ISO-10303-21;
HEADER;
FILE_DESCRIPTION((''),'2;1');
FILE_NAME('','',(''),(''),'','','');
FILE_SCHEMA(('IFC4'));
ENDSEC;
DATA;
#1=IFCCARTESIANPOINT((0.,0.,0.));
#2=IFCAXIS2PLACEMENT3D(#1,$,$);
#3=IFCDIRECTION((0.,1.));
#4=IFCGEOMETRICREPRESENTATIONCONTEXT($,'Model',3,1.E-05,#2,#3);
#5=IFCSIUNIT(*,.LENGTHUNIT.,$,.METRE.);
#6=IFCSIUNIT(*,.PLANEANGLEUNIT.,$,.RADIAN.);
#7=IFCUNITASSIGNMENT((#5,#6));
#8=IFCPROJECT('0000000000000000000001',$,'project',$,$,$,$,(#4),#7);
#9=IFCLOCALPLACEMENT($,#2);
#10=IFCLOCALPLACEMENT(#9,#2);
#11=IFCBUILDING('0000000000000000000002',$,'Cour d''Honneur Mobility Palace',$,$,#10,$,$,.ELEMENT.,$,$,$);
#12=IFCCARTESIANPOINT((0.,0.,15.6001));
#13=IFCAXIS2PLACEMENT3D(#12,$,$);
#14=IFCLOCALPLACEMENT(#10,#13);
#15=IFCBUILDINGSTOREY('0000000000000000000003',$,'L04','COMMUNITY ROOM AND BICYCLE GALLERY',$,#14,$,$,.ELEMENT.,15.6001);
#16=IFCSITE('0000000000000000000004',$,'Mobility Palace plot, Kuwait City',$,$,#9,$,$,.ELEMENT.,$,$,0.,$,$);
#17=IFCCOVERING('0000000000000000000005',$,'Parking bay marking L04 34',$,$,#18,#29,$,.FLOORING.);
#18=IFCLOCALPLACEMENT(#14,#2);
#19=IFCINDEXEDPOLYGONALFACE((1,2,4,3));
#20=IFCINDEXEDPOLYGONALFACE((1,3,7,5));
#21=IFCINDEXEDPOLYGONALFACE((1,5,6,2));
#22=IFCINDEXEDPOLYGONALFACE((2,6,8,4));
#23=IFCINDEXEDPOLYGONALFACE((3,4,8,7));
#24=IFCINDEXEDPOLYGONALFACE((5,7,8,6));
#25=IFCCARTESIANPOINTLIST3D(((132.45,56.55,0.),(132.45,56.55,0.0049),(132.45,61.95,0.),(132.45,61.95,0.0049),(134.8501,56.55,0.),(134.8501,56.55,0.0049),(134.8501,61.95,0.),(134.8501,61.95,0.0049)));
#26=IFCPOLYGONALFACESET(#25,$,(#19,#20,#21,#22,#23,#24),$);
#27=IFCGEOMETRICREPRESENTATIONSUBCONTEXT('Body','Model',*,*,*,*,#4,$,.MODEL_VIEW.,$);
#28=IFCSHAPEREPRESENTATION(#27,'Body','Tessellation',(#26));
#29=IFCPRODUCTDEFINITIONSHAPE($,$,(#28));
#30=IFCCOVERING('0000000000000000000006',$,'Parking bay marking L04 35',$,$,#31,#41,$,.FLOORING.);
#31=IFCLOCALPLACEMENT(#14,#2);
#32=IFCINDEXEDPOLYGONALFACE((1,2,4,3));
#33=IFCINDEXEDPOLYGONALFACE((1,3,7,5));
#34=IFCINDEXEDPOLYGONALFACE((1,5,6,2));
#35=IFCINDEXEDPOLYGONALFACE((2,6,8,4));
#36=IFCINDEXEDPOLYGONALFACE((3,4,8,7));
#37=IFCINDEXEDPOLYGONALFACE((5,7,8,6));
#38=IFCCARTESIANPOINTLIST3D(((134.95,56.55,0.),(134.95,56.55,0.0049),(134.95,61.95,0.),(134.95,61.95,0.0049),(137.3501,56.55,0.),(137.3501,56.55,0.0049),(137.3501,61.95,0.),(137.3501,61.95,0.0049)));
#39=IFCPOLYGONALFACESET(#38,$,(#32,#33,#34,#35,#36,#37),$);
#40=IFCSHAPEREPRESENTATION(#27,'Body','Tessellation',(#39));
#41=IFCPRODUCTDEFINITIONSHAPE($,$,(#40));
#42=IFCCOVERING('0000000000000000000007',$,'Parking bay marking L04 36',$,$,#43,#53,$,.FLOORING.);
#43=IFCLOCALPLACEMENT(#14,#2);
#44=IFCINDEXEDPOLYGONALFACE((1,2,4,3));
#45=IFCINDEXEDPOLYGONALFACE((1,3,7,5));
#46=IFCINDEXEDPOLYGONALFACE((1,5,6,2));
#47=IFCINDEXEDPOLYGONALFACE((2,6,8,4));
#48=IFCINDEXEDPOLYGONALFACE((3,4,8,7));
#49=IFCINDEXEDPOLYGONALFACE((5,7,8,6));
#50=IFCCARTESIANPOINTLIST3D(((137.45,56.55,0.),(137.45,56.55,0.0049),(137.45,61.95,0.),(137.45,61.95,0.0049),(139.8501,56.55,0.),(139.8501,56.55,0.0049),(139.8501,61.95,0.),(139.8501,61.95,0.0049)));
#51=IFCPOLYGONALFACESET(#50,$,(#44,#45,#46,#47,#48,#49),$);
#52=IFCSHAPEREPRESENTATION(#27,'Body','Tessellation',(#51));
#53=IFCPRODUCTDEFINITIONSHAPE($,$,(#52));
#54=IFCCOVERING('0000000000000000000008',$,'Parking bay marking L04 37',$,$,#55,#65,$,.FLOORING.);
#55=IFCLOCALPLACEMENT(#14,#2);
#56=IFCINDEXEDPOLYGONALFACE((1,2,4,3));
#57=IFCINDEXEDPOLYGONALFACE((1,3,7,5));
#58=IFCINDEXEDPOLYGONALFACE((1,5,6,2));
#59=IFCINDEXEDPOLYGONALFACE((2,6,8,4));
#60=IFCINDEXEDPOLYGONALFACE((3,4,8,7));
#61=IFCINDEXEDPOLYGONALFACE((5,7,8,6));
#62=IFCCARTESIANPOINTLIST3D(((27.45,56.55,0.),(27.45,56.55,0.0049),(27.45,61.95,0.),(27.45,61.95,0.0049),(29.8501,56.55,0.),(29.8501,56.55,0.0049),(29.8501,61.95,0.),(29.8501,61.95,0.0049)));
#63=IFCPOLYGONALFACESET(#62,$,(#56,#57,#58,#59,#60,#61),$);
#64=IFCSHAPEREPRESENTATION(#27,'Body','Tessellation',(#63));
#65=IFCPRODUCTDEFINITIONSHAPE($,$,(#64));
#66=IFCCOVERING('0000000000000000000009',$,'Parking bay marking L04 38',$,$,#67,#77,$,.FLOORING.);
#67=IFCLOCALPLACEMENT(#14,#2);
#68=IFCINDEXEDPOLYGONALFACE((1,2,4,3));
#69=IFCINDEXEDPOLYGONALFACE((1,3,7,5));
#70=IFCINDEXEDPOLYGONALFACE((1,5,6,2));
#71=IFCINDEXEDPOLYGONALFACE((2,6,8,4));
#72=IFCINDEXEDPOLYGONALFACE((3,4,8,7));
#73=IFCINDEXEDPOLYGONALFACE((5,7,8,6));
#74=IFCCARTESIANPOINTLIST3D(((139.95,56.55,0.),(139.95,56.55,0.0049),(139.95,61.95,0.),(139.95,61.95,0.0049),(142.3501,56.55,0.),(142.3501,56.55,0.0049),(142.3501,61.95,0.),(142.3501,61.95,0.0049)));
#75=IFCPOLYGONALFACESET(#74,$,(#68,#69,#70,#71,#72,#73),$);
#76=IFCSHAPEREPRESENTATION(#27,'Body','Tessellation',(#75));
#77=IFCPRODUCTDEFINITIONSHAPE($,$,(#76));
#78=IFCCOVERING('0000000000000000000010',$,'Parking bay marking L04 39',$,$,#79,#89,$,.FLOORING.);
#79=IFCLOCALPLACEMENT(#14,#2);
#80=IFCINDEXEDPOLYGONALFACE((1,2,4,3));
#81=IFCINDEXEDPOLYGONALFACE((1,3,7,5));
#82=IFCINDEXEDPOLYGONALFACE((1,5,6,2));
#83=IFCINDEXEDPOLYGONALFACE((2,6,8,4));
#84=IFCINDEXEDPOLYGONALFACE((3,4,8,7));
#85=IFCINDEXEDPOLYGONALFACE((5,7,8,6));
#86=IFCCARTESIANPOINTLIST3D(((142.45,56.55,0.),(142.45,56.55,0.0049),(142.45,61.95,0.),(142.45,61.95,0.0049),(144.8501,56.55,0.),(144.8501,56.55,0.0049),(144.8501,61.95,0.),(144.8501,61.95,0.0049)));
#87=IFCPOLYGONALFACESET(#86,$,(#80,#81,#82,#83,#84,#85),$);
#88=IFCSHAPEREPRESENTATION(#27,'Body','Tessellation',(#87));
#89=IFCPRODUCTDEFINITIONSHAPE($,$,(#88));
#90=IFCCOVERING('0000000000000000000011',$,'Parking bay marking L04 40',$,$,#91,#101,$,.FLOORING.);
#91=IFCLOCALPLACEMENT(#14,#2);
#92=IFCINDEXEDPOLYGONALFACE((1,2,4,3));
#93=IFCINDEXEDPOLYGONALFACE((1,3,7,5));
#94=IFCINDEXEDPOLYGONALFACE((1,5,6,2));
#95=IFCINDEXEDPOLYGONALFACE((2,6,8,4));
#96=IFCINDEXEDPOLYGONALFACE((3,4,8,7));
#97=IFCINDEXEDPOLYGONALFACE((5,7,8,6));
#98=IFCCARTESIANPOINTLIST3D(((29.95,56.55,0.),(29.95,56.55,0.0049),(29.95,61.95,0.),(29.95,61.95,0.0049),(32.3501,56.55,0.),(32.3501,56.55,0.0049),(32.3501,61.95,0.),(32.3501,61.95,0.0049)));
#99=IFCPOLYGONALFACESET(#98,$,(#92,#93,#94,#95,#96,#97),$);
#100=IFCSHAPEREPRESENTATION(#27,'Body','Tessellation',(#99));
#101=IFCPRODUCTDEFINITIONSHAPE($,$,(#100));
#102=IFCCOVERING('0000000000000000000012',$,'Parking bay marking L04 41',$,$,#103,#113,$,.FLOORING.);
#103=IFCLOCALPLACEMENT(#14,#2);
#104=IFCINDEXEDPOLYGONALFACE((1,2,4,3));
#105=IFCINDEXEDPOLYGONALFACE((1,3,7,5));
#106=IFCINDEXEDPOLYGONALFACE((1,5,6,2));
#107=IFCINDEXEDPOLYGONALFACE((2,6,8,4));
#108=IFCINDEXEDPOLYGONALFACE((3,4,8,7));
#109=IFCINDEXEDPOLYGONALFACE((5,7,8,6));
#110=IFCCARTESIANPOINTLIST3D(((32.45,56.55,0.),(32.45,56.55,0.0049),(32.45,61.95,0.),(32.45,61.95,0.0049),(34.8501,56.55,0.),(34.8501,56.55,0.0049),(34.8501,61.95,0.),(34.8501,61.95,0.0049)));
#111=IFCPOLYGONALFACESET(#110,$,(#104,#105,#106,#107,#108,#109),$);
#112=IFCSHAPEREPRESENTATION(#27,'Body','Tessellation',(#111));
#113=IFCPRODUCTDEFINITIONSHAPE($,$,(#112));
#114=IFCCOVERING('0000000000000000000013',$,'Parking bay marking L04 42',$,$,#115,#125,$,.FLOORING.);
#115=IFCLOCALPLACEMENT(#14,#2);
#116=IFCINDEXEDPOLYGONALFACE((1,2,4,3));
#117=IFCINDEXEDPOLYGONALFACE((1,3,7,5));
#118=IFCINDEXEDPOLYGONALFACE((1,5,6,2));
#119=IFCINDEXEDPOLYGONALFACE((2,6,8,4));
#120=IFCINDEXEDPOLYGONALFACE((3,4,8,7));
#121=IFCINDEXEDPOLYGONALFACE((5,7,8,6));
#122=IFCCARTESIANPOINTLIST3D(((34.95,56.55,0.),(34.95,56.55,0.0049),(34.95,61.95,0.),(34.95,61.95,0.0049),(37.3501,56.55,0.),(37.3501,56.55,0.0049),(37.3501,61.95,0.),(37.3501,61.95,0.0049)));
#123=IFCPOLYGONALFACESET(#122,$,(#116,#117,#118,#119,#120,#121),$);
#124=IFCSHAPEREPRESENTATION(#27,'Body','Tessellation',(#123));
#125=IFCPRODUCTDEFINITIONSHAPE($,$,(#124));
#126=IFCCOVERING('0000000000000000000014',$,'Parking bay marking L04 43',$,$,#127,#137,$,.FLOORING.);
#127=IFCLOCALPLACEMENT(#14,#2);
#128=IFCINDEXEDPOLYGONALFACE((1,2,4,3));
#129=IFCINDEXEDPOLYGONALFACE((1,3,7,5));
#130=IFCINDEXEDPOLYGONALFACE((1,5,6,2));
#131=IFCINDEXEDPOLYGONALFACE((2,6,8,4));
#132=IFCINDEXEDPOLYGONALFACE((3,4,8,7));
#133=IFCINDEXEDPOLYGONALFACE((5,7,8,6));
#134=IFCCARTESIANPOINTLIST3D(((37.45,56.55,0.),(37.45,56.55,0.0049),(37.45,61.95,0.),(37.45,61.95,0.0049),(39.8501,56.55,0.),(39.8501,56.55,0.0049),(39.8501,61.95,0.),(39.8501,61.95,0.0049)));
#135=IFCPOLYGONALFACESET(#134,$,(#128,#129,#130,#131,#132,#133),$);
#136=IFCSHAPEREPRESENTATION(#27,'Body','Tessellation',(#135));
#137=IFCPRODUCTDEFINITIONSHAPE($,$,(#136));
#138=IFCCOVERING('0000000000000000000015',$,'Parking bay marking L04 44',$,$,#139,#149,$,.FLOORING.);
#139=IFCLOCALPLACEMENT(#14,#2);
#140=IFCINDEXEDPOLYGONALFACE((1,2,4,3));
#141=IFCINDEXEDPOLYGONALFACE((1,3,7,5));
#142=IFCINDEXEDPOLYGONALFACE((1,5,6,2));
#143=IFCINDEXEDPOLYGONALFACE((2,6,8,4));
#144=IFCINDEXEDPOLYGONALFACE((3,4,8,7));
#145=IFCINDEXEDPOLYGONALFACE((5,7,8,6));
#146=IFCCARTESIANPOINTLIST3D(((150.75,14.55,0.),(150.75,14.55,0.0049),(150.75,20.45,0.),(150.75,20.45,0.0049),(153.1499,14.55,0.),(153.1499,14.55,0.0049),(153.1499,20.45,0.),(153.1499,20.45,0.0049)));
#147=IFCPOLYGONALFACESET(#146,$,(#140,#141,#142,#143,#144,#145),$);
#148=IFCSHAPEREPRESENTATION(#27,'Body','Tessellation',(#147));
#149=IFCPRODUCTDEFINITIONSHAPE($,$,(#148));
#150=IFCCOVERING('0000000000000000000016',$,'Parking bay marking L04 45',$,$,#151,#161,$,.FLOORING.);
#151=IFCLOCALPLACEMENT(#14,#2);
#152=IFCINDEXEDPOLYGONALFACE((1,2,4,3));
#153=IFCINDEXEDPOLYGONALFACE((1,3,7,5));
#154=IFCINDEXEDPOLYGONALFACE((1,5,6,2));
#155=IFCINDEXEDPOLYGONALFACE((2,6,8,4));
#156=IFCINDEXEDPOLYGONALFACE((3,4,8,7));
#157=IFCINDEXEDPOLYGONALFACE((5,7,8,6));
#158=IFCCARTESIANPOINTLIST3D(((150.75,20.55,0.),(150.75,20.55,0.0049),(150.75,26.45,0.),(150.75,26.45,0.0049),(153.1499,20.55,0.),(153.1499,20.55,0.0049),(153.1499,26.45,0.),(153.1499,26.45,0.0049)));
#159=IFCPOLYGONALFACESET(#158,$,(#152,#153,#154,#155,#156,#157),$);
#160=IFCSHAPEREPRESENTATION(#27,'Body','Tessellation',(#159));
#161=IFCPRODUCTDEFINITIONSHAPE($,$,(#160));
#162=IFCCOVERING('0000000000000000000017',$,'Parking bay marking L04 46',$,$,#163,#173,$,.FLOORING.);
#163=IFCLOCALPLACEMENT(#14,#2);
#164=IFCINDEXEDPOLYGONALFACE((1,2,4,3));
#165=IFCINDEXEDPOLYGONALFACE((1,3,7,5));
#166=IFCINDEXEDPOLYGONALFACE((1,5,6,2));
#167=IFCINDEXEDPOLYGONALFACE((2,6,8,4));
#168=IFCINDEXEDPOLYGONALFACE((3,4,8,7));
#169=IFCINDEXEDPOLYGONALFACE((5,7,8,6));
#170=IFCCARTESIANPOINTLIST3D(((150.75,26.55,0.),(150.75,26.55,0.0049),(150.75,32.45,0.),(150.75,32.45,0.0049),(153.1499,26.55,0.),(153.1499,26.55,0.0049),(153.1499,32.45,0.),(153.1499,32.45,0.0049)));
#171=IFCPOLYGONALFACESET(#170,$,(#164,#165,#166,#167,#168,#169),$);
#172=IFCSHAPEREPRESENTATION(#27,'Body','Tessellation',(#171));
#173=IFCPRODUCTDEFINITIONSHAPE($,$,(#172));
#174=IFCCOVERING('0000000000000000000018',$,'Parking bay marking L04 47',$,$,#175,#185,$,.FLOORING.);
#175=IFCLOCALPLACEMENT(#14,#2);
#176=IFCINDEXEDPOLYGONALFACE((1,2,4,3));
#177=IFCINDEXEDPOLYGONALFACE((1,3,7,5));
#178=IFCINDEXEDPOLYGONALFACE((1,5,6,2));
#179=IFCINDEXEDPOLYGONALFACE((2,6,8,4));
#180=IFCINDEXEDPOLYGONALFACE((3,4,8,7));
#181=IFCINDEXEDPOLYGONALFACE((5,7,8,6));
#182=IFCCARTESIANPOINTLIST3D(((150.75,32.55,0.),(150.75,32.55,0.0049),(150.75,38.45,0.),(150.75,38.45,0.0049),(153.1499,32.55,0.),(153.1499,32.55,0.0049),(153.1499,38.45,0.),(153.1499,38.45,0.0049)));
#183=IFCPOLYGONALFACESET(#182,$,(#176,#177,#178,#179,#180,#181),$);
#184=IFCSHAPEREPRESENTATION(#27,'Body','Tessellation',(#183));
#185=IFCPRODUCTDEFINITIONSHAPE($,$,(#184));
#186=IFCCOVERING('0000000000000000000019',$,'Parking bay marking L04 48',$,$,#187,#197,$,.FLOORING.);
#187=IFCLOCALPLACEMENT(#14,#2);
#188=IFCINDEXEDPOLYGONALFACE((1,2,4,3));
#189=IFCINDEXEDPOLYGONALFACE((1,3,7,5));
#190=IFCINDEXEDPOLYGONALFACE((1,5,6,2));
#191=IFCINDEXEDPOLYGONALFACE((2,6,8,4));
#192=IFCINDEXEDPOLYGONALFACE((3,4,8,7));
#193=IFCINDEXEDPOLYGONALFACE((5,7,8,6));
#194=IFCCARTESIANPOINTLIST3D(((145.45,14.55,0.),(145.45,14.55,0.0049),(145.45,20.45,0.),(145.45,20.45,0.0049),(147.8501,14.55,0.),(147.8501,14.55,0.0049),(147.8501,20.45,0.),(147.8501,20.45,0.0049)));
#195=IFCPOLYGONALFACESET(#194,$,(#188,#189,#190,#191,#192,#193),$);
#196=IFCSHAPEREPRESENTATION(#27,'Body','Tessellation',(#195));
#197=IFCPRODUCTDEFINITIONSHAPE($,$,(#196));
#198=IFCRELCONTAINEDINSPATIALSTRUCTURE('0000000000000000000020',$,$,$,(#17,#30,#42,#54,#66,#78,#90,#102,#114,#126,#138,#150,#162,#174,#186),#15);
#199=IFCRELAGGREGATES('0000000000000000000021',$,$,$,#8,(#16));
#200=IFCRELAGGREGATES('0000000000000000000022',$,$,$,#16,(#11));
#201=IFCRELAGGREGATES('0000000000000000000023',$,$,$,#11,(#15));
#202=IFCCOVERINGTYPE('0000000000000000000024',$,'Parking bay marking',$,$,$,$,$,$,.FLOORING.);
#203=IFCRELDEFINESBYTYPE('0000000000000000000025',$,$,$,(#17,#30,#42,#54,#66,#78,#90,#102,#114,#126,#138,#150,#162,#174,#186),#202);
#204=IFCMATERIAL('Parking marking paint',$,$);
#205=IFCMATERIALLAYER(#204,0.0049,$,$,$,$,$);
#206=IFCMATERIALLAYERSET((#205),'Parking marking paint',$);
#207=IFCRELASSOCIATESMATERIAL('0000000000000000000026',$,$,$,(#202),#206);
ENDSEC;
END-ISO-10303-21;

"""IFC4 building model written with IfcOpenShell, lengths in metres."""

from ifc_helpers import new_model, si_unit, direction, frame, origin, place, context, subcontext, project, spatial, polyline, outline, extrude, material, layer, layer_set, type_object, element, save


model = new_model("IFC4")

# Units and contexts
model_context = context("Model", 3, precision=1e-05, world=origin(), true_north=direction((0.0, 1.0)))
body_context = subcontext(model_context, "Body", "Model", "MODEL_VIEW")
ifc_project = project(units=[si_unit("LENGTHUNIT", "METRE"), si_unit("PLANEANGLEUNIT", "RADIAN")], contexts=[model_context])

# Site, building, storey
site_placement = place(None, origin())
site = spatial("IfcSite", under=ifc_project, at=site_placement, Name="Mobility Palace plot, Kuwait City", CompositionType="ELEMENT", RefElevation=0.0)
building_placement = place(site_placement, origin())
building = spatial("IfcBuilding", under=site, at=building_placement, Name="Cour d'Honneur Mobility Palace", CompositionType="ELEMENT")
storey_placement = place(building_placement, frame((0.0, 0.0, 15.6001)))
storey = spatial("IfcBuildingStorey", under=building, at=storey_placement, Name="L04", Description="COMMUNITY ROOM AND BICYCLE GALLERY", CompositionType="ELEMENT", Elevation=15.6001)

# Coverings
ifc_material_1 = material(Name="Parking marking paint")
ifc_layer_1 = layer(ifc_material_1, 0.0049)
ifc_layer_set_1 = layer_set([ifc_layer_1], Name="Parking marking paint")
covering_type = type_object("IfcCoveringType", Name="Parking bay marking", PredefinedType="FLOORING", material=ifc_layer_set_1)
covering_1_placement = place(storey_placement, origin())
element("IfcCovering", 1, at=covering_1_placement, inside=storey, type_object=covering_type, Name="Parking bay marking L04 34", PredefinedType="FLOORING", context=body_context, shape_type="SweptSolid", body=[
    extrude(outline(polyline([(134.8501, 56.55), (132.45, 56.55), (132.45, 61.95), (134.8501, 61.95), (134.8501, 56.55)])), origin(), (0.0, 0.0, 1.0), 0.0049),
])
covering_2_placement = place(storey_placement, origin())
element("IfcCovering", 2, at=covering_2_placement, inside=storey, type_object=covering_type, Name="Parking bay marking L04 35", PredefinedType="FLOORING", context=body_context, shape_type="SweptSolid", body=[
    extrude(outline(polyline([(137.3501, 56.55), (134.95, 56.55), (134.95, 61.95), (137.3501, 61.95), (137.3501, 56.55)])), origin(), (0.0, 0.0, 1.0), 0.0049),
])
covering_3_placement = place(storey_placement, origin())
element("IfcCovering", 3, at=covering_3_placement, inside=storey, type_object=covering_type, Name="Parking bay marking L04 36", PredefinedType="FLOORING", context=body_context, shape_type="SweptSolid", body=[
    extrude(outline(polyline([(139.8501, 56.55), (137.45, 56.55), (137.45, 61.95), (139.8501, 61.95), (139.8501, 56.55)])), origin(), (0.0, 0.0, 1.0), 0.0049),
])
covering_4_placement = place(storey_placement, origin())
element("IfcCovering", 4, at=covering_4_placement, inside=storey, type_object=covering_type, Name="Parking bay marking L04 37", PredefinedType="FLOORING", context=body_context, shape_type="SweptSolid", body=[
    extrude(outline(polyline([(29.8501, 56.55), (27.45, 56.55), (27.45, 61.95), (29.8501, 61.95), (29.8501, 56.55)])), origin(), (0.0, 0.0, 1.0), 0.0049),
])
covering_5_placement = place(storey_placement, origin())
element("IfcCovering", 5, at=covering_5_placement, inside=storey, type_object=covering_type, Name="Parking bay marking L04 38", PredefinedType="FLOORING", context=body_context, shape_type="SweptSolid", body=[
    extrude(outline(polyline([(142.3501, 56.55), (139.95, 56.55), (139.95, 61.95), (142.3501, 61.95), (142.3501, 56.55)])), origin(), (0.0, 0.0, 1.0), 0.0049),
])
covering_6_placement = place(storey_placement, origin())
element("IfcCovering", 6, at=covering_6_placement, inside=storey, type_object=covering_type, Name="Parking bay marking L04 39", PredefinedType="FLOORING", context=body_context, shape_type="SweptSolid", body=[
    extrude(outline(polyline([(144.8501, 56.55), (142.45, 56.55), (142.45, 61.95), (144.8501, 61.95), (144.8501, 56.55)])), origin(), (0.0, 0.0, 1.0), 0.0049),
])
covering_7_placement = place(storey_placement, origin())
element("IfcCovering", 7, at=covering_7_placement, inside=storey, type_object=covering_type, Name="Parking bay marking L04 40", PredefinedType="FLOORING", context=body_context, shape_type="SweptSolid", body=[
    extrude(outline(polyline([(32.3501, 56.55), (29.95, 56.55), (29.95, 61.95), (32.3501, 61.95), (32.3501, 56.55)])), origin(), (0.0, 0.0, 1.0), 0.0049),
])
covering_8_placement = place(storey_placement, origin())
element("IfcCovering", 8, at=covering_8_placement, inside=storey, type_object=covering_type, Name="Parking bay marking L04 41", PredefinedType="FLOORING", context=body_context, shape_type="SweptSolid", body=[
    extrude(outline(polyline([(34.8501, 56.55), (32.45, 56.55), (32.45, 61.95), (34.8501, 61.95), (34.8501, 56.55)])), origin(), (0.0, 0.0, 1.0), 0.0049),
])
covering_9_placement = place(storey_placement, origin())
element("IfcCovering", 9, at=covering_9_placement, inside=storey, type_object=covering_type, Name="Parking bay marking L04 42", PredefinedType="FLOORING", context=body_context, shape_type="SweptSolid", body=[
    extrude(outline(polyline([(37.3501, 56.55), (34.95, 56.55), (34.95, 61.95), (37.3501, 61.95), (37.3501, 56.55)])), origin(), (0.0, 0.0, 1.0), 0.0049),
])
covering_10_placement = place(storey_placement, origin())
element("IfcCovering", 10, at=covering_10_placement, inside=storey, type_object=covering_type, Name="Parking bay marking L04 43", PredefinedType="FLOORING", context=body_context, shape_type="SweptSolid", body=[
    extrude(outline(polyline([(39.8501, 56.55), (37.45, 56.55), (37.45, 61.95), (39.8501, 61.95), (39.8501, 56.55)])), origin(), (0.0, 0.0, 1.0), 0.0049),
])
covering_11_placement = place(storey_placement, origin())
element("IfcCovering", 11, at=covering_11_placement, inside=storey, type_object=covering_type, Name="Parking bay marking L04 44", PredefinedType="FLOORING", context=body_context, shape_type="SweptSolid", body=[
    extrude(outline(polyline([(153.1499, 14.55), (150.75, 14.55), (150.75, 20.45), (153.1499, 20.45), (153.1499, 14.55)])), origin(), (0.0, 0.0, 1.0), 0.0049),
])
covering_12_placement = place(storey_placement, origin())
element("IfcCovering", 12, at=covering_12_placement, inside=storey, type_object=covering_type, Name="Parking bay marking L04 45", PredefinedType="FLOORING", context=body_context, shape_type="SweptSolid", body=[
    extrude(outline(polyline([(153.1499, 20.55), (150.75, 20.55), (150.75, 26.45), (153.1499, 26.45), (153.1499, 20.55)])), origin(), (0.0, 0.0, 1.0), 0.0049),
])
covering_13_placement = place(storey_placement, origin())
element("IfcCovering", 13, at=covering_13_placement, inside=storey, type_object=covering_type, Name="Parking bay marking L04 46", PredefinedType="FLOORING", context=body_context, shape_type="SweptSolid", body=[
    extrude(outline(polyline([(153.1499, 26.55), (150.75, 26.55), (150.75, 32.45), (153.1499, 32.45), (153.1499, 26.55)])), origin(), (0.0, 0.0, 1.0), 0.0049),
])
covering_14_placement = place(storey_placement, origin())
element("IfcCovering", 14, at=covering_14_placement, inside=storey, type_object=covering_type, Name="Parking bay marking L04 47", PredefinedType="FLOORING", context=body_context, shape_type="SweptSolid", body=[
    extrude(outline(polyline([(153.1499, 32.55), (150.75, 32.55), (150.75, 38.45), (153.1499, 38.45), (153.1499, 32.55)])), origin(), (0.0, 0.0, 1.0), 0.0049),
])
covering_15_placement = place(storey_placement, origin())
element("IfcCovering", 15, at=covering_15_placement, inside=storey, type_object=covering_type, Name="Parking bay marking L04 48", PredefinedType="FLOORING", context=body_context, shape_type="SweptSolid", body=[
    extrude(outline(polyline([(147.8501, 14.55), (145.45, 14.55), (145.45, 20.45), (147.8501, 20.45), (147.8501, 14.55)])), origin(), (0.0, 0.0, 1.0), 0.0049),
])

save(model, "model.ifc")
